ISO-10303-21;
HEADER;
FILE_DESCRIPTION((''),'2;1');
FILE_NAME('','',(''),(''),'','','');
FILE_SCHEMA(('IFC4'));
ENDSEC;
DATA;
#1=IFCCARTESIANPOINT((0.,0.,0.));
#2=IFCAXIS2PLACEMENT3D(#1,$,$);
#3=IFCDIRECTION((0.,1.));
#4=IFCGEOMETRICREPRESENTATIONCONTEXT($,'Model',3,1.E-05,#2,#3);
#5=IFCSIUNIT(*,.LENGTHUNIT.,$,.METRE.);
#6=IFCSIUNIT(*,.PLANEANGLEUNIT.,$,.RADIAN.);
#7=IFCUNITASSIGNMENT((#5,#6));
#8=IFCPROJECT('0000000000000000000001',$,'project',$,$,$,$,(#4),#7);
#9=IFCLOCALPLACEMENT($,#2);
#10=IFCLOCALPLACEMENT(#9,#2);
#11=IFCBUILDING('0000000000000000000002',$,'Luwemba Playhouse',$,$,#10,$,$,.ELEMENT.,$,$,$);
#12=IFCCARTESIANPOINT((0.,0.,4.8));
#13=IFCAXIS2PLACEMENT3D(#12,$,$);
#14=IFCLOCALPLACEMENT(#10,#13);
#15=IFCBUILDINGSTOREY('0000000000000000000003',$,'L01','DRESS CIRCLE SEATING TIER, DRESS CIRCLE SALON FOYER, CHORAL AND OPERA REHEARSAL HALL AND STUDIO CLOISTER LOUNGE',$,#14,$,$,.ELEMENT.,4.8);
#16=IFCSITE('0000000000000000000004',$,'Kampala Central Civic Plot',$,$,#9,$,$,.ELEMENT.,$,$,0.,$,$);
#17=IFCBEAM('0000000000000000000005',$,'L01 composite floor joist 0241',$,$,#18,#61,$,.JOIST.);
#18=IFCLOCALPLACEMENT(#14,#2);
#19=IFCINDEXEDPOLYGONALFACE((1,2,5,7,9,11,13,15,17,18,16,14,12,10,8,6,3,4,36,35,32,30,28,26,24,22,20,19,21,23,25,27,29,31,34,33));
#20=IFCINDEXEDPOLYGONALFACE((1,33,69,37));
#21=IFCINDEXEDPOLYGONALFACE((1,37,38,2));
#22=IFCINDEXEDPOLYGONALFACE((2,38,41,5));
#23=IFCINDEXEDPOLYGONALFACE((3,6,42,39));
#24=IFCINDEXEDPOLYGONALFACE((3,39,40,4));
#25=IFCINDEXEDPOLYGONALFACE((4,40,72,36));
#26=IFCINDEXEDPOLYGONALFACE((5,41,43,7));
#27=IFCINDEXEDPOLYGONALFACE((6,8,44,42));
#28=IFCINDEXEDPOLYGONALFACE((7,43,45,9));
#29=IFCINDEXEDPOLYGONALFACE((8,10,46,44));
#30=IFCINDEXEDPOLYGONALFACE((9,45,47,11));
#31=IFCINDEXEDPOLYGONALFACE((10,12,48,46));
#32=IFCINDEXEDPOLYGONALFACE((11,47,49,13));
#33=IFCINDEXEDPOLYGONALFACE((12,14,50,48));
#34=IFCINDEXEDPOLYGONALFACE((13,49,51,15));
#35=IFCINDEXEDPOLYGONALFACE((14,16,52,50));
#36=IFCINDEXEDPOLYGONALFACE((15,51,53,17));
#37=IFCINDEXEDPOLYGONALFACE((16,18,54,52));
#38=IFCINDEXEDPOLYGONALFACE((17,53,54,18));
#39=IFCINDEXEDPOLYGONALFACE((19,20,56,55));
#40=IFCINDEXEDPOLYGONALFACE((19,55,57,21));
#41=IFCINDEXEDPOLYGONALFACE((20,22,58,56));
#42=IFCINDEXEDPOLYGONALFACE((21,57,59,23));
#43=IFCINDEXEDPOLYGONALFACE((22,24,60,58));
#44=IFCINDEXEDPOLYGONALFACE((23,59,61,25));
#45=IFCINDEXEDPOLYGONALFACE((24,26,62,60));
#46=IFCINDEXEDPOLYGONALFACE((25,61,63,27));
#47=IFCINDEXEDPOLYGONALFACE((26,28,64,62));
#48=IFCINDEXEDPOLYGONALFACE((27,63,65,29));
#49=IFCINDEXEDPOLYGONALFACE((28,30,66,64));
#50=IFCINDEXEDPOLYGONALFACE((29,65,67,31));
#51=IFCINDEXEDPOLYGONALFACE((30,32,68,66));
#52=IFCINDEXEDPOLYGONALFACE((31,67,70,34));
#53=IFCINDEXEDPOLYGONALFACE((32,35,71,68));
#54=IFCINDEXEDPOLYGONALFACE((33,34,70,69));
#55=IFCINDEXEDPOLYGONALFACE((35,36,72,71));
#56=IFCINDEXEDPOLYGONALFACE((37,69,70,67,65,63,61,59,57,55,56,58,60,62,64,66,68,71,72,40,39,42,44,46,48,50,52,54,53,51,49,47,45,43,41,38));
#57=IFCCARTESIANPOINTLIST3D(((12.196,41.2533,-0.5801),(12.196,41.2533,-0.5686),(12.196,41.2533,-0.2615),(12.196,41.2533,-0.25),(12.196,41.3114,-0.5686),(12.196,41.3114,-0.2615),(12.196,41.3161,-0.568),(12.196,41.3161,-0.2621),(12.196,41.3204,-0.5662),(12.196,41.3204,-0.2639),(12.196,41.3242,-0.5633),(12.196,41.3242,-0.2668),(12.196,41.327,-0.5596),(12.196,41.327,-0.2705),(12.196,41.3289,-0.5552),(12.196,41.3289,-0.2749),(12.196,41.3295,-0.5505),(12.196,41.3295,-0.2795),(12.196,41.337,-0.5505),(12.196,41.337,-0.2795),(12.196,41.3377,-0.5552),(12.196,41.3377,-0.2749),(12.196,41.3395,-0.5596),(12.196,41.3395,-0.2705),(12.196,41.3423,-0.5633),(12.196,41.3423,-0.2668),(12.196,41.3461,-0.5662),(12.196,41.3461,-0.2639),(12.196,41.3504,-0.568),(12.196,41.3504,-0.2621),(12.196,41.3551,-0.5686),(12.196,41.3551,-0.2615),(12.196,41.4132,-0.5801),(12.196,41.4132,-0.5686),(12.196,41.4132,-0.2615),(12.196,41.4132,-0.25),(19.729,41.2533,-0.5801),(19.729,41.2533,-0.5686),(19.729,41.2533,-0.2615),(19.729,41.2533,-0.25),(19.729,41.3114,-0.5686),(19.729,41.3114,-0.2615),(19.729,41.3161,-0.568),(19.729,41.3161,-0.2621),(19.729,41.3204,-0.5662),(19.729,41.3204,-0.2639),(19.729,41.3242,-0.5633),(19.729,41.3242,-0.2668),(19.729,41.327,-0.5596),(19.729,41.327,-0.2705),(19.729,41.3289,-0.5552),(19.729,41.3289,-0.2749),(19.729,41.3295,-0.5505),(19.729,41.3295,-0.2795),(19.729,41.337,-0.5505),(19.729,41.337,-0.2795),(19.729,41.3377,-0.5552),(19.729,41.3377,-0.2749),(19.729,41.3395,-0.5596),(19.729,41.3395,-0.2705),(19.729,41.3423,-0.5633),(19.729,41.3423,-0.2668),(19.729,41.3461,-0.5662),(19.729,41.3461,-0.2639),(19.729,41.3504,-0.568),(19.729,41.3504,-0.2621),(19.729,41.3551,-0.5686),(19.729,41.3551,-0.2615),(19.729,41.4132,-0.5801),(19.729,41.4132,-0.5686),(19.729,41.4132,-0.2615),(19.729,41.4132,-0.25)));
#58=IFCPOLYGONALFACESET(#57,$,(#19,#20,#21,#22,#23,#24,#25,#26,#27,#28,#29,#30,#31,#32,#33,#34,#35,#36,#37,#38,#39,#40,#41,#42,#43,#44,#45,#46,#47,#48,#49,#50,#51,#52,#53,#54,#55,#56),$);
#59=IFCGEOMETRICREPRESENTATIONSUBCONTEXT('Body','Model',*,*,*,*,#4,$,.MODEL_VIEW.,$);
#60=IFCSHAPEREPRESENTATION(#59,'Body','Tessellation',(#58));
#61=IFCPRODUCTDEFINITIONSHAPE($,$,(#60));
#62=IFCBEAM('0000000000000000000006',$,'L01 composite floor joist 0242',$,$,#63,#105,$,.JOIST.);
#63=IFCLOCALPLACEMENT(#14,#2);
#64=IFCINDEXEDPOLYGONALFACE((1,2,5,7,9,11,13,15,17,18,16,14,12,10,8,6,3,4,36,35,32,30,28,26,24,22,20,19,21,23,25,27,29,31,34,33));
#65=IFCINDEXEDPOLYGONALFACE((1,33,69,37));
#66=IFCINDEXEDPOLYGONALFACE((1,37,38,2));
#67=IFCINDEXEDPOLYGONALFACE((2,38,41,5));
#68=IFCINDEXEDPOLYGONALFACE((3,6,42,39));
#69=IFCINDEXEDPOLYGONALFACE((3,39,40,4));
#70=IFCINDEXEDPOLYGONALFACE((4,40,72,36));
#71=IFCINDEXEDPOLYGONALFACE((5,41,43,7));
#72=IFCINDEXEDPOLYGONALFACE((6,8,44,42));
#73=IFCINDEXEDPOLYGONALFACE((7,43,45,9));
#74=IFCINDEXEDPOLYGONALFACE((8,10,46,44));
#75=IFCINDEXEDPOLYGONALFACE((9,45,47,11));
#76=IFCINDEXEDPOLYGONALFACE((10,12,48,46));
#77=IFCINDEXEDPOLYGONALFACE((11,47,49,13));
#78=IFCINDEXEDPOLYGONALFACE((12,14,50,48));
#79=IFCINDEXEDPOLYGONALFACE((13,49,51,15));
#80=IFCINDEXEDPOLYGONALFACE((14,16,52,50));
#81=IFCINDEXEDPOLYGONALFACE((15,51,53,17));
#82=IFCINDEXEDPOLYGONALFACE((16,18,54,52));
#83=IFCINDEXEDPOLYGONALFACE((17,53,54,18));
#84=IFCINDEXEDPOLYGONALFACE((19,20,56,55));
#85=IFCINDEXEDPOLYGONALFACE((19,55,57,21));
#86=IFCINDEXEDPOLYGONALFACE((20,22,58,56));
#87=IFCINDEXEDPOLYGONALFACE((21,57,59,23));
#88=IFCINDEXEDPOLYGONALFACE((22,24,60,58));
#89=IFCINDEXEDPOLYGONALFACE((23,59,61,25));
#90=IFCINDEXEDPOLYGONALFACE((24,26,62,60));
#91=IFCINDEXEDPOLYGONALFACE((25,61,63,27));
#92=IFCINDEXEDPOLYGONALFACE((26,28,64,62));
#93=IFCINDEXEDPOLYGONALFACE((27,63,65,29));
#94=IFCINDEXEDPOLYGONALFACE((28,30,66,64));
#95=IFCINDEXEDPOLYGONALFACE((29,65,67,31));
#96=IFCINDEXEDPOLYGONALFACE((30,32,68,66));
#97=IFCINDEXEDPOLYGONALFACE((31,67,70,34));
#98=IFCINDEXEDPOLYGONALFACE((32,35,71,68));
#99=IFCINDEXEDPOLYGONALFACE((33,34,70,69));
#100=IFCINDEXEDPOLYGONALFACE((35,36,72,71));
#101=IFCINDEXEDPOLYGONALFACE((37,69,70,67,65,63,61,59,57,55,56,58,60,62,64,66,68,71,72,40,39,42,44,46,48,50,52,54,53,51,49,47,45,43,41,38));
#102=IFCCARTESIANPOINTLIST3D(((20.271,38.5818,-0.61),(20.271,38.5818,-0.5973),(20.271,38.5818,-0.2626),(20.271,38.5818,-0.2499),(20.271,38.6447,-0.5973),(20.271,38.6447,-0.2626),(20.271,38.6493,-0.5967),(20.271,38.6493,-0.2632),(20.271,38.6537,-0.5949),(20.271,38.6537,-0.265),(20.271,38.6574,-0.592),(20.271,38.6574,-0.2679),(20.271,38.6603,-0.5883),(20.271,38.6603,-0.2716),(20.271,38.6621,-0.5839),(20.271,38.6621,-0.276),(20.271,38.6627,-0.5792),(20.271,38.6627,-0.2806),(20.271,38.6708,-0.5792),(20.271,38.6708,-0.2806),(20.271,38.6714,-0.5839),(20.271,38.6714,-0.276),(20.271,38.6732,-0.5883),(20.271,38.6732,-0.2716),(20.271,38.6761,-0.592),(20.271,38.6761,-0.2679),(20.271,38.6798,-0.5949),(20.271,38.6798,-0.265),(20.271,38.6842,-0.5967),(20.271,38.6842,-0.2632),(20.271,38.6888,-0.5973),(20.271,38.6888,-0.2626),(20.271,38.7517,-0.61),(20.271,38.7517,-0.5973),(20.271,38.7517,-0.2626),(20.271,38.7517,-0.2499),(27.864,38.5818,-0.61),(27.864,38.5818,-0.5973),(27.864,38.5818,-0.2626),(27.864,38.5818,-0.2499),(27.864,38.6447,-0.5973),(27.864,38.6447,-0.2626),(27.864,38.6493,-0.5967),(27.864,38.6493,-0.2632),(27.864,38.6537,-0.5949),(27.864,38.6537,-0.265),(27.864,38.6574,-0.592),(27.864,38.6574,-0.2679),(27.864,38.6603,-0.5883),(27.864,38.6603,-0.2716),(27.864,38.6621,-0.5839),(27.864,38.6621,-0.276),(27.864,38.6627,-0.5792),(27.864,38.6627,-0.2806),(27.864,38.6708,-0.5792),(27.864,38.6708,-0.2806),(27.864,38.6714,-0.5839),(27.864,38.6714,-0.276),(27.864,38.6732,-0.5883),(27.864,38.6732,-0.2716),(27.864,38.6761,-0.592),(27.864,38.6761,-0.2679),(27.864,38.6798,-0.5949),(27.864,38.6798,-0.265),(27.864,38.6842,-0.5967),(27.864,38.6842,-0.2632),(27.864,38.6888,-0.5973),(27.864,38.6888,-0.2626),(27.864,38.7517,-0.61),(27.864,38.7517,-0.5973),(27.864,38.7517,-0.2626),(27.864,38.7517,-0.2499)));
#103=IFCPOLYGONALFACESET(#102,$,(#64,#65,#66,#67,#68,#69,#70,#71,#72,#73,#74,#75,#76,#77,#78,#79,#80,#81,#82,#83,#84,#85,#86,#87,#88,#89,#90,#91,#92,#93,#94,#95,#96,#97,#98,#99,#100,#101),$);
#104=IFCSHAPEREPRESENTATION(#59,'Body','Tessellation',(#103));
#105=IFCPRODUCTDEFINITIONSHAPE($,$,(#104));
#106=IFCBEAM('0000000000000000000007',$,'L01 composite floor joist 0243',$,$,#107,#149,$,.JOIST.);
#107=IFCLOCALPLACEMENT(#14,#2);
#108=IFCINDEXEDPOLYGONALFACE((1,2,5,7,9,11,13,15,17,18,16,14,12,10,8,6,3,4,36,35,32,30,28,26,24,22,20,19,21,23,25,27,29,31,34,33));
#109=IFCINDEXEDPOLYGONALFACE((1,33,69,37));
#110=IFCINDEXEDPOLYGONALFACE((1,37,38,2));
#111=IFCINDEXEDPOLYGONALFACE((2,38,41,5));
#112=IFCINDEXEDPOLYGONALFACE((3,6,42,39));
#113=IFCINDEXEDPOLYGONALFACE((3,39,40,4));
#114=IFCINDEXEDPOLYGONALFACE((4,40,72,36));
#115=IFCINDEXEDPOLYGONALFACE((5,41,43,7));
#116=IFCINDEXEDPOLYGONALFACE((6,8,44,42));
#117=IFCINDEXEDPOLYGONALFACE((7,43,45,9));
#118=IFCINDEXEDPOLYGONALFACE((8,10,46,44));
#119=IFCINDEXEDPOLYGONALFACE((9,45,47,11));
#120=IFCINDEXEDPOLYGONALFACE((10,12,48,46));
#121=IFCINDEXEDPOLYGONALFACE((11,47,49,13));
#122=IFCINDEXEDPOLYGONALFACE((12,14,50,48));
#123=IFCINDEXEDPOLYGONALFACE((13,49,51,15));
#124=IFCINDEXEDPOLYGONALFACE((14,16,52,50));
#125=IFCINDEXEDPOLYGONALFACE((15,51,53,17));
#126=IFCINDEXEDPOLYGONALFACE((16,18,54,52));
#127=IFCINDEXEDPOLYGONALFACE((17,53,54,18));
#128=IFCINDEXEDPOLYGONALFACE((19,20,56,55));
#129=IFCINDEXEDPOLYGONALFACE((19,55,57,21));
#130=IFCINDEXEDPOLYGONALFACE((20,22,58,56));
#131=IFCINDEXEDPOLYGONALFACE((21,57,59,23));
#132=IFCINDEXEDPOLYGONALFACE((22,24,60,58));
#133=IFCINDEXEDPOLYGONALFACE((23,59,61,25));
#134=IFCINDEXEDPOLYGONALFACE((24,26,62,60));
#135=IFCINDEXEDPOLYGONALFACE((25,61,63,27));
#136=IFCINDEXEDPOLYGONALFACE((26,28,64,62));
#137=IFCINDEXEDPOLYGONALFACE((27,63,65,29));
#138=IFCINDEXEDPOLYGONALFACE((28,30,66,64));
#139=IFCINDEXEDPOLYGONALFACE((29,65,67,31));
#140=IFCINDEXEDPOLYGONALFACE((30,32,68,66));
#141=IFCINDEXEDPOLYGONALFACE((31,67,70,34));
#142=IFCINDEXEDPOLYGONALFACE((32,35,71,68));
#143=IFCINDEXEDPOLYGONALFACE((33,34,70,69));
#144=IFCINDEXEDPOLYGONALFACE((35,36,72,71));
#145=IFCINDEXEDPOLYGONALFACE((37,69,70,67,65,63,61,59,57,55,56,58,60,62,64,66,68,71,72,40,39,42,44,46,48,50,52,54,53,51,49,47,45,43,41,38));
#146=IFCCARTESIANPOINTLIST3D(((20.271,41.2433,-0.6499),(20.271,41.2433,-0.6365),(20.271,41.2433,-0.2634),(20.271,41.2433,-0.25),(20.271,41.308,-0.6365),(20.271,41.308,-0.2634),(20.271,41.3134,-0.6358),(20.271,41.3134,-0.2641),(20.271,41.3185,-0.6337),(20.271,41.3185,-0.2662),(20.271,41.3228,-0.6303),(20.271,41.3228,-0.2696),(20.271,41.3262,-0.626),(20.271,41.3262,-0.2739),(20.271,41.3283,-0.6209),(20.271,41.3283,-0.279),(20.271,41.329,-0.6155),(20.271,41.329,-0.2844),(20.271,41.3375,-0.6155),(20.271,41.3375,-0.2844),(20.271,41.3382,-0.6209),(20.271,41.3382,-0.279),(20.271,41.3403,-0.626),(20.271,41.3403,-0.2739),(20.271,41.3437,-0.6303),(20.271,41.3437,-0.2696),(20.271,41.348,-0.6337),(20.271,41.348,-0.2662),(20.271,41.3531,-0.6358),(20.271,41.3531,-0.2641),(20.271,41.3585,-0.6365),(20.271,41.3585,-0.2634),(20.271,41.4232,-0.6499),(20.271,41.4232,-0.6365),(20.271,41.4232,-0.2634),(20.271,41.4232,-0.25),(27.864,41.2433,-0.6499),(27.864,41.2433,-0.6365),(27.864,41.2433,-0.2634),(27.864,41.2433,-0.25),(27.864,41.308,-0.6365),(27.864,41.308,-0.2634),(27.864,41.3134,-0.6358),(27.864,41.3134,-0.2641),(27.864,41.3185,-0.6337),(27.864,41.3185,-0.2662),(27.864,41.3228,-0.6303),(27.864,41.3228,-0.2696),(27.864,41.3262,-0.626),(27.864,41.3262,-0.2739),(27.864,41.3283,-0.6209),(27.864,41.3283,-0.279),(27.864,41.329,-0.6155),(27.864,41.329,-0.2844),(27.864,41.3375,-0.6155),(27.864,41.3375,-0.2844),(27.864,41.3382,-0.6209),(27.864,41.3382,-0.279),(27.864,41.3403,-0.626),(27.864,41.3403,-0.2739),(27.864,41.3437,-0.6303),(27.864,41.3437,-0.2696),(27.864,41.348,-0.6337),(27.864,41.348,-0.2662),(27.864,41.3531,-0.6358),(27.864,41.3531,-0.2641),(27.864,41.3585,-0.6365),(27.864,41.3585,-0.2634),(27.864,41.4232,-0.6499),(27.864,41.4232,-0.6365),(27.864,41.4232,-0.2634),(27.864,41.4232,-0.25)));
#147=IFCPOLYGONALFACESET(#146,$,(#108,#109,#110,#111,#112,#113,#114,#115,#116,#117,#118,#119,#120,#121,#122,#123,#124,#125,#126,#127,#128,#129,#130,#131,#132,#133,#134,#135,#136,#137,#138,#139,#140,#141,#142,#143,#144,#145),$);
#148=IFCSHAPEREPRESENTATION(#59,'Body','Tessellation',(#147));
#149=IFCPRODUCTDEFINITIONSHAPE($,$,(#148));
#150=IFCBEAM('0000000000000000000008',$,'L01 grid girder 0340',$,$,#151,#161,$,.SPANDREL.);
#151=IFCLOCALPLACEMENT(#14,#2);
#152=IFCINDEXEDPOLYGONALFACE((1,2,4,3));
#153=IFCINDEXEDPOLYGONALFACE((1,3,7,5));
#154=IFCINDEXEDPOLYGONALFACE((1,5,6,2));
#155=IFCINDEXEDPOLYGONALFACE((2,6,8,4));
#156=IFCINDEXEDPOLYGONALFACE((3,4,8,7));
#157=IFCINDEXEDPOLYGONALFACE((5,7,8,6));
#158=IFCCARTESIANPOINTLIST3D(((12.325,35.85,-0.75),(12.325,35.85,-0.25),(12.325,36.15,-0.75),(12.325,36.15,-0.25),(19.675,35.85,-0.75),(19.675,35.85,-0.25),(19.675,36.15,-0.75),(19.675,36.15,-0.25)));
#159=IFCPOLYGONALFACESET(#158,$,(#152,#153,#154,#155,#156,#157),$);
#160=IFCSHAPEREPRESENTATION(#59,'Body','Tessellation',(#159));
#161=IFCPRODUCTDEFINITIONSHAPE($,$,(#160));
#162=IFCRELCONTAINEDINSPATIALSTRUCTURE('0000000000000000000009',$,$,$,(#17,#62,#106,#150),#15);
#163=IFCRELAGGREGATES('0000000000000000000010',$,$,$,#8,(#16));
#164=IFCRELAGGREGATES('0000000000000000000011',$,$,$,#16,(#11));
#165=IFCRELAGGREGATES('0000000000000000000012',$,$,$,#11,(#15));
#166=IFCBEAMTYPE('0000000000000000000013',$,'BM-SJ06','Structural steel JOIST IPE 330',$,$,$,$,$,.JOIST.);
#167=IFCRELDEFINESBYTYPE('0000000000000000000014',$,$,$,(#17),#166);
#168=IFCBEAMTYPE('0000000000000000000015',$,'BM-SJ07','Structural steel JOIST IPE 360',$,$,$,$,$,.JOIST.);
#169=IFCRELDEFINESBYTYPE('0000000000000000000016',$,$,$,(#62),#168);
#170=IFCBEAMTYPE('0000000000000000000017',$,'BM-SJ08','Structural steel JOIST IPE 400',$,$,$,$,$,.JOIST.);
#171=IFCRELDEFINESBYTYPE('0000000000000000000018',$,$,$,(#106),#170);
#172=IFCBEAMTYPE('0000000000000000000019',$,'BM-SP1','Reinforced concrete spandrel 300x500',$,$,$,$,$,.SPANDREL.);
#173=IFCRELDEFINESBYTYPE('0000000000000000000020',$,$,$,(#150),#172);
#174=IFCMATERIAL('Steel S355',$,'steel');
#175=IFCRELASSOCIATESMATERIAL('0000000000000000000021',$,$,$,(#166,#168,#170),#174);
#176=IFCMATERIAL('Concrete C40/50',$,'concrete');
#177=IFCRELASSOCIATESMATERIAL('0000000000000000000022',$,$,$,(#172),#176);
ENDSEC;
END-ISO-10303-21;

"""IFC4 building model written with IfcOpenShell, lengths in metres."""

from ifc_helpers import new_model, si_unit, direction, frame, origin, origin_2d, place, context, subcontext, project, spatial, rectangle, i_section, extrude, material, material_profile, profile_set, type_object, element, save


model = new_model("IFC4")

# Units and contexts
model_context = context("Model", 3, precision=1e-05, world=origin(), true_north=direction((0.0, 1.0)))
body_context = subcontext(model_context, "Body", "Model", "MODEL_VIEW")
ifc_project = project(units=[si_unit("LENGTHUNIT", "METRE"), si_unit("PLANEANGLEUNIT", "RADIAN")], contexts=[model_context])

# Site, building, storey
site_placement = place(None, origin())
site = spatial("IfcSite", under=ifc_project, at=site_placement, Name="Kampala Central Civic Plot", CompositionType="ELEMENT", RefElevation=0.0)
building_placement = place(site_placement, origin())
building = spatial("IfcBuilding", under=site, at=building_placement, Name="Luwemba Playhouse", CompositionType="ELEMENT")
storey_placement = place(building_placement, frame((0.0, 0.0, 4.8)))
storey = spatial("IfcBuildingStorey", under=building, at=storey_placement, Name="L01", Description="DRESS CIRCLE SEATING TIER, DRESS CIRCLE SALON FOYER, CHORAL AND OPERA REHEARSAL HALL AND STUDIO CLOISTER LOUNGE", CompositionType="ELEMENT", Elevation=4.8)

# Shared definitions
ifc_material_1 = material(Name="Concrete C40/50", Category="concrete")

# Beams
ifc_material_2 = material(Name="Steel S355", Category="steel")
ifc_material_profile_1 = material_profile(ifc_material_2, i_section(OverallWidth=0.1599, OverallDepth=0.3301, WebThickness=0.0076, FlangeThickness=0.0115, FilletRadius=0.0181, at=origin_2d()))
ifc_profile_set_1 = profile_set([ifc_material_profile_1], Name="Steel S355")
beam_type_1 = type_object("IfcBeamType", Name="BM-SJ06", Description="Structural steel JOIST IPE 330", PredefinedType="JOIST", material=ifc_profile_set_1)
beam_1_placement = place(storey_placement, frame((12.196, 41.3333, -0.415), z_axis=(1.0, 0.0, 0.0), x_axis=(0.0, 1.0, 0.0)))
element("IfcBeam", 1, at=beam_1_placement, inside=storey, type_object=beam_type_1, Name="L01 composite floor joist 0241", PredefinedType="JOIST", context=body_context, shape_type="SweptSolid", body=[
    extrude(i_section(OverallWidth=0.1599, OverallDepth=0.3301, WebThickness=0.0076, FlangeThickness=0.0115, FilletRadius=0.0181, at=origin_2d()), origin(), (0.0, 0.0, 1.0), 7.533),
])
ifc_material_profile_2 = material_profile(ifc_material_2, i_section(OverallWidth=0.1699, OverallDepth=0.3601, WebThickness=0.0081, FlangeThickness=0.0127, FilletRadius=0.0181, at=origin_2d()))
ifc_profile_set_2 = profile_set([ifc_material_profile_2], Name="Steel S355")
beam_type_2 = type_object("IfcBeamType", Name="BM-SJ07", Description="Structural steel JOIST IPE 360", PredefinedType="JOIST", material=ifc_profile_set_2)
beam_2_placement = place(storey_placement, frame((20.271, 38.6667, -0.4299), z_axis=(1.0, 0.0, 0.0), x_axis=(0.0, 1.0, 0.0)))
element("IfcBeam", 2, at=beam_2_placement, inside=storey, type_object=beam_type_2, Name="L01 composite floor joist 0242", PredefinedType="JOIST", context=body_context, shape_type="SweptSolid", body=[
    extrude(i_section(OverallWidth=0.1699, OverallDepth=0.3601, WebThickness=0.0081, FlangeThickness=0.0127, FilletRadius=0.0181, at=origin_2d()), origin(), (0.0, 0.0, 1.0), 7.593),
])
ifc_material_profile_3 = material_profile(ifc_material_2, i_section(OverallWidth=0.1799, OverallDepth=0.3999, WebThickness=0.0085, FlangeThickness=0.0134, FilletRadius=0.021, at=origin_2d()))
ifc_profile_set_3 = profile_set([ifc_material_profile_3], Name="Steel S355")
beam_type_3 = type_object("IfcBeamType", Name="BM-SJ08", Description="Structural steel JOIST IPE 400", PredefinedType="JOIST", material=ifc_profile_set_3)
beam_3_placement = place(storey_placement, frame((20.271, 41.3333, -0.45), z_axis=(1.0, 0.0, 0.0), x_axis=(0.0, 1.0, 0.0)))
element("IfcBeam", 3, at=beam_3_placement, inside=storey, type_object=beam_type_3, Name="L01 composite floor joist 0243", PredefinedType="JOIST", context=body_context, shape_type="SweptSolid", body=[
    extrude(i_section(OverallWidth=0.1799, OverallDepth=0.3999, WebThickness=0.0085, FlangeThickness=0.0134, FilletRadius=0.021, at=origin_2d()), origin(), (0.0, 0.0, 1.0), 7.593),
])
ifc_material_profile_4 = material_profile(ifc_material_1, rectangle(XDim=0.3, YDim=0.5, at=origin_2d()))
ifc_profile_set_4 = profile_set([ifc_material_profile_4], Name="Concrete C40/50")
beam_type_4 = type_object("IfcBeamType", Name="BM-SP1", Description="Reinforced concrete spandrel 300x500", PredefinedType="SPANDREL", material=ifc_profile_set_4)
beam_4_placement = place(storey_placement, frame((12.325, 36.0, -0.5), z_axis=(1.0, 0.0, 0.0), x_axis=(0.0, 1.0, 0.0)))
element("IfcBeam", 4, at=beam_4_placement, inside=storey, type_object=beam_type_4, Name="L01 grid girder 0340", PredefinedType="SPANDREL", context=body_context, shape_type="SweptSolid", body=[
    extrude(rectangle(XDim=0.3, YDim=0.5, at=origin_2d()), origin(), (0.0, 0.0, 1.0), 7.3501),
])

save(model, "model.ifc")
